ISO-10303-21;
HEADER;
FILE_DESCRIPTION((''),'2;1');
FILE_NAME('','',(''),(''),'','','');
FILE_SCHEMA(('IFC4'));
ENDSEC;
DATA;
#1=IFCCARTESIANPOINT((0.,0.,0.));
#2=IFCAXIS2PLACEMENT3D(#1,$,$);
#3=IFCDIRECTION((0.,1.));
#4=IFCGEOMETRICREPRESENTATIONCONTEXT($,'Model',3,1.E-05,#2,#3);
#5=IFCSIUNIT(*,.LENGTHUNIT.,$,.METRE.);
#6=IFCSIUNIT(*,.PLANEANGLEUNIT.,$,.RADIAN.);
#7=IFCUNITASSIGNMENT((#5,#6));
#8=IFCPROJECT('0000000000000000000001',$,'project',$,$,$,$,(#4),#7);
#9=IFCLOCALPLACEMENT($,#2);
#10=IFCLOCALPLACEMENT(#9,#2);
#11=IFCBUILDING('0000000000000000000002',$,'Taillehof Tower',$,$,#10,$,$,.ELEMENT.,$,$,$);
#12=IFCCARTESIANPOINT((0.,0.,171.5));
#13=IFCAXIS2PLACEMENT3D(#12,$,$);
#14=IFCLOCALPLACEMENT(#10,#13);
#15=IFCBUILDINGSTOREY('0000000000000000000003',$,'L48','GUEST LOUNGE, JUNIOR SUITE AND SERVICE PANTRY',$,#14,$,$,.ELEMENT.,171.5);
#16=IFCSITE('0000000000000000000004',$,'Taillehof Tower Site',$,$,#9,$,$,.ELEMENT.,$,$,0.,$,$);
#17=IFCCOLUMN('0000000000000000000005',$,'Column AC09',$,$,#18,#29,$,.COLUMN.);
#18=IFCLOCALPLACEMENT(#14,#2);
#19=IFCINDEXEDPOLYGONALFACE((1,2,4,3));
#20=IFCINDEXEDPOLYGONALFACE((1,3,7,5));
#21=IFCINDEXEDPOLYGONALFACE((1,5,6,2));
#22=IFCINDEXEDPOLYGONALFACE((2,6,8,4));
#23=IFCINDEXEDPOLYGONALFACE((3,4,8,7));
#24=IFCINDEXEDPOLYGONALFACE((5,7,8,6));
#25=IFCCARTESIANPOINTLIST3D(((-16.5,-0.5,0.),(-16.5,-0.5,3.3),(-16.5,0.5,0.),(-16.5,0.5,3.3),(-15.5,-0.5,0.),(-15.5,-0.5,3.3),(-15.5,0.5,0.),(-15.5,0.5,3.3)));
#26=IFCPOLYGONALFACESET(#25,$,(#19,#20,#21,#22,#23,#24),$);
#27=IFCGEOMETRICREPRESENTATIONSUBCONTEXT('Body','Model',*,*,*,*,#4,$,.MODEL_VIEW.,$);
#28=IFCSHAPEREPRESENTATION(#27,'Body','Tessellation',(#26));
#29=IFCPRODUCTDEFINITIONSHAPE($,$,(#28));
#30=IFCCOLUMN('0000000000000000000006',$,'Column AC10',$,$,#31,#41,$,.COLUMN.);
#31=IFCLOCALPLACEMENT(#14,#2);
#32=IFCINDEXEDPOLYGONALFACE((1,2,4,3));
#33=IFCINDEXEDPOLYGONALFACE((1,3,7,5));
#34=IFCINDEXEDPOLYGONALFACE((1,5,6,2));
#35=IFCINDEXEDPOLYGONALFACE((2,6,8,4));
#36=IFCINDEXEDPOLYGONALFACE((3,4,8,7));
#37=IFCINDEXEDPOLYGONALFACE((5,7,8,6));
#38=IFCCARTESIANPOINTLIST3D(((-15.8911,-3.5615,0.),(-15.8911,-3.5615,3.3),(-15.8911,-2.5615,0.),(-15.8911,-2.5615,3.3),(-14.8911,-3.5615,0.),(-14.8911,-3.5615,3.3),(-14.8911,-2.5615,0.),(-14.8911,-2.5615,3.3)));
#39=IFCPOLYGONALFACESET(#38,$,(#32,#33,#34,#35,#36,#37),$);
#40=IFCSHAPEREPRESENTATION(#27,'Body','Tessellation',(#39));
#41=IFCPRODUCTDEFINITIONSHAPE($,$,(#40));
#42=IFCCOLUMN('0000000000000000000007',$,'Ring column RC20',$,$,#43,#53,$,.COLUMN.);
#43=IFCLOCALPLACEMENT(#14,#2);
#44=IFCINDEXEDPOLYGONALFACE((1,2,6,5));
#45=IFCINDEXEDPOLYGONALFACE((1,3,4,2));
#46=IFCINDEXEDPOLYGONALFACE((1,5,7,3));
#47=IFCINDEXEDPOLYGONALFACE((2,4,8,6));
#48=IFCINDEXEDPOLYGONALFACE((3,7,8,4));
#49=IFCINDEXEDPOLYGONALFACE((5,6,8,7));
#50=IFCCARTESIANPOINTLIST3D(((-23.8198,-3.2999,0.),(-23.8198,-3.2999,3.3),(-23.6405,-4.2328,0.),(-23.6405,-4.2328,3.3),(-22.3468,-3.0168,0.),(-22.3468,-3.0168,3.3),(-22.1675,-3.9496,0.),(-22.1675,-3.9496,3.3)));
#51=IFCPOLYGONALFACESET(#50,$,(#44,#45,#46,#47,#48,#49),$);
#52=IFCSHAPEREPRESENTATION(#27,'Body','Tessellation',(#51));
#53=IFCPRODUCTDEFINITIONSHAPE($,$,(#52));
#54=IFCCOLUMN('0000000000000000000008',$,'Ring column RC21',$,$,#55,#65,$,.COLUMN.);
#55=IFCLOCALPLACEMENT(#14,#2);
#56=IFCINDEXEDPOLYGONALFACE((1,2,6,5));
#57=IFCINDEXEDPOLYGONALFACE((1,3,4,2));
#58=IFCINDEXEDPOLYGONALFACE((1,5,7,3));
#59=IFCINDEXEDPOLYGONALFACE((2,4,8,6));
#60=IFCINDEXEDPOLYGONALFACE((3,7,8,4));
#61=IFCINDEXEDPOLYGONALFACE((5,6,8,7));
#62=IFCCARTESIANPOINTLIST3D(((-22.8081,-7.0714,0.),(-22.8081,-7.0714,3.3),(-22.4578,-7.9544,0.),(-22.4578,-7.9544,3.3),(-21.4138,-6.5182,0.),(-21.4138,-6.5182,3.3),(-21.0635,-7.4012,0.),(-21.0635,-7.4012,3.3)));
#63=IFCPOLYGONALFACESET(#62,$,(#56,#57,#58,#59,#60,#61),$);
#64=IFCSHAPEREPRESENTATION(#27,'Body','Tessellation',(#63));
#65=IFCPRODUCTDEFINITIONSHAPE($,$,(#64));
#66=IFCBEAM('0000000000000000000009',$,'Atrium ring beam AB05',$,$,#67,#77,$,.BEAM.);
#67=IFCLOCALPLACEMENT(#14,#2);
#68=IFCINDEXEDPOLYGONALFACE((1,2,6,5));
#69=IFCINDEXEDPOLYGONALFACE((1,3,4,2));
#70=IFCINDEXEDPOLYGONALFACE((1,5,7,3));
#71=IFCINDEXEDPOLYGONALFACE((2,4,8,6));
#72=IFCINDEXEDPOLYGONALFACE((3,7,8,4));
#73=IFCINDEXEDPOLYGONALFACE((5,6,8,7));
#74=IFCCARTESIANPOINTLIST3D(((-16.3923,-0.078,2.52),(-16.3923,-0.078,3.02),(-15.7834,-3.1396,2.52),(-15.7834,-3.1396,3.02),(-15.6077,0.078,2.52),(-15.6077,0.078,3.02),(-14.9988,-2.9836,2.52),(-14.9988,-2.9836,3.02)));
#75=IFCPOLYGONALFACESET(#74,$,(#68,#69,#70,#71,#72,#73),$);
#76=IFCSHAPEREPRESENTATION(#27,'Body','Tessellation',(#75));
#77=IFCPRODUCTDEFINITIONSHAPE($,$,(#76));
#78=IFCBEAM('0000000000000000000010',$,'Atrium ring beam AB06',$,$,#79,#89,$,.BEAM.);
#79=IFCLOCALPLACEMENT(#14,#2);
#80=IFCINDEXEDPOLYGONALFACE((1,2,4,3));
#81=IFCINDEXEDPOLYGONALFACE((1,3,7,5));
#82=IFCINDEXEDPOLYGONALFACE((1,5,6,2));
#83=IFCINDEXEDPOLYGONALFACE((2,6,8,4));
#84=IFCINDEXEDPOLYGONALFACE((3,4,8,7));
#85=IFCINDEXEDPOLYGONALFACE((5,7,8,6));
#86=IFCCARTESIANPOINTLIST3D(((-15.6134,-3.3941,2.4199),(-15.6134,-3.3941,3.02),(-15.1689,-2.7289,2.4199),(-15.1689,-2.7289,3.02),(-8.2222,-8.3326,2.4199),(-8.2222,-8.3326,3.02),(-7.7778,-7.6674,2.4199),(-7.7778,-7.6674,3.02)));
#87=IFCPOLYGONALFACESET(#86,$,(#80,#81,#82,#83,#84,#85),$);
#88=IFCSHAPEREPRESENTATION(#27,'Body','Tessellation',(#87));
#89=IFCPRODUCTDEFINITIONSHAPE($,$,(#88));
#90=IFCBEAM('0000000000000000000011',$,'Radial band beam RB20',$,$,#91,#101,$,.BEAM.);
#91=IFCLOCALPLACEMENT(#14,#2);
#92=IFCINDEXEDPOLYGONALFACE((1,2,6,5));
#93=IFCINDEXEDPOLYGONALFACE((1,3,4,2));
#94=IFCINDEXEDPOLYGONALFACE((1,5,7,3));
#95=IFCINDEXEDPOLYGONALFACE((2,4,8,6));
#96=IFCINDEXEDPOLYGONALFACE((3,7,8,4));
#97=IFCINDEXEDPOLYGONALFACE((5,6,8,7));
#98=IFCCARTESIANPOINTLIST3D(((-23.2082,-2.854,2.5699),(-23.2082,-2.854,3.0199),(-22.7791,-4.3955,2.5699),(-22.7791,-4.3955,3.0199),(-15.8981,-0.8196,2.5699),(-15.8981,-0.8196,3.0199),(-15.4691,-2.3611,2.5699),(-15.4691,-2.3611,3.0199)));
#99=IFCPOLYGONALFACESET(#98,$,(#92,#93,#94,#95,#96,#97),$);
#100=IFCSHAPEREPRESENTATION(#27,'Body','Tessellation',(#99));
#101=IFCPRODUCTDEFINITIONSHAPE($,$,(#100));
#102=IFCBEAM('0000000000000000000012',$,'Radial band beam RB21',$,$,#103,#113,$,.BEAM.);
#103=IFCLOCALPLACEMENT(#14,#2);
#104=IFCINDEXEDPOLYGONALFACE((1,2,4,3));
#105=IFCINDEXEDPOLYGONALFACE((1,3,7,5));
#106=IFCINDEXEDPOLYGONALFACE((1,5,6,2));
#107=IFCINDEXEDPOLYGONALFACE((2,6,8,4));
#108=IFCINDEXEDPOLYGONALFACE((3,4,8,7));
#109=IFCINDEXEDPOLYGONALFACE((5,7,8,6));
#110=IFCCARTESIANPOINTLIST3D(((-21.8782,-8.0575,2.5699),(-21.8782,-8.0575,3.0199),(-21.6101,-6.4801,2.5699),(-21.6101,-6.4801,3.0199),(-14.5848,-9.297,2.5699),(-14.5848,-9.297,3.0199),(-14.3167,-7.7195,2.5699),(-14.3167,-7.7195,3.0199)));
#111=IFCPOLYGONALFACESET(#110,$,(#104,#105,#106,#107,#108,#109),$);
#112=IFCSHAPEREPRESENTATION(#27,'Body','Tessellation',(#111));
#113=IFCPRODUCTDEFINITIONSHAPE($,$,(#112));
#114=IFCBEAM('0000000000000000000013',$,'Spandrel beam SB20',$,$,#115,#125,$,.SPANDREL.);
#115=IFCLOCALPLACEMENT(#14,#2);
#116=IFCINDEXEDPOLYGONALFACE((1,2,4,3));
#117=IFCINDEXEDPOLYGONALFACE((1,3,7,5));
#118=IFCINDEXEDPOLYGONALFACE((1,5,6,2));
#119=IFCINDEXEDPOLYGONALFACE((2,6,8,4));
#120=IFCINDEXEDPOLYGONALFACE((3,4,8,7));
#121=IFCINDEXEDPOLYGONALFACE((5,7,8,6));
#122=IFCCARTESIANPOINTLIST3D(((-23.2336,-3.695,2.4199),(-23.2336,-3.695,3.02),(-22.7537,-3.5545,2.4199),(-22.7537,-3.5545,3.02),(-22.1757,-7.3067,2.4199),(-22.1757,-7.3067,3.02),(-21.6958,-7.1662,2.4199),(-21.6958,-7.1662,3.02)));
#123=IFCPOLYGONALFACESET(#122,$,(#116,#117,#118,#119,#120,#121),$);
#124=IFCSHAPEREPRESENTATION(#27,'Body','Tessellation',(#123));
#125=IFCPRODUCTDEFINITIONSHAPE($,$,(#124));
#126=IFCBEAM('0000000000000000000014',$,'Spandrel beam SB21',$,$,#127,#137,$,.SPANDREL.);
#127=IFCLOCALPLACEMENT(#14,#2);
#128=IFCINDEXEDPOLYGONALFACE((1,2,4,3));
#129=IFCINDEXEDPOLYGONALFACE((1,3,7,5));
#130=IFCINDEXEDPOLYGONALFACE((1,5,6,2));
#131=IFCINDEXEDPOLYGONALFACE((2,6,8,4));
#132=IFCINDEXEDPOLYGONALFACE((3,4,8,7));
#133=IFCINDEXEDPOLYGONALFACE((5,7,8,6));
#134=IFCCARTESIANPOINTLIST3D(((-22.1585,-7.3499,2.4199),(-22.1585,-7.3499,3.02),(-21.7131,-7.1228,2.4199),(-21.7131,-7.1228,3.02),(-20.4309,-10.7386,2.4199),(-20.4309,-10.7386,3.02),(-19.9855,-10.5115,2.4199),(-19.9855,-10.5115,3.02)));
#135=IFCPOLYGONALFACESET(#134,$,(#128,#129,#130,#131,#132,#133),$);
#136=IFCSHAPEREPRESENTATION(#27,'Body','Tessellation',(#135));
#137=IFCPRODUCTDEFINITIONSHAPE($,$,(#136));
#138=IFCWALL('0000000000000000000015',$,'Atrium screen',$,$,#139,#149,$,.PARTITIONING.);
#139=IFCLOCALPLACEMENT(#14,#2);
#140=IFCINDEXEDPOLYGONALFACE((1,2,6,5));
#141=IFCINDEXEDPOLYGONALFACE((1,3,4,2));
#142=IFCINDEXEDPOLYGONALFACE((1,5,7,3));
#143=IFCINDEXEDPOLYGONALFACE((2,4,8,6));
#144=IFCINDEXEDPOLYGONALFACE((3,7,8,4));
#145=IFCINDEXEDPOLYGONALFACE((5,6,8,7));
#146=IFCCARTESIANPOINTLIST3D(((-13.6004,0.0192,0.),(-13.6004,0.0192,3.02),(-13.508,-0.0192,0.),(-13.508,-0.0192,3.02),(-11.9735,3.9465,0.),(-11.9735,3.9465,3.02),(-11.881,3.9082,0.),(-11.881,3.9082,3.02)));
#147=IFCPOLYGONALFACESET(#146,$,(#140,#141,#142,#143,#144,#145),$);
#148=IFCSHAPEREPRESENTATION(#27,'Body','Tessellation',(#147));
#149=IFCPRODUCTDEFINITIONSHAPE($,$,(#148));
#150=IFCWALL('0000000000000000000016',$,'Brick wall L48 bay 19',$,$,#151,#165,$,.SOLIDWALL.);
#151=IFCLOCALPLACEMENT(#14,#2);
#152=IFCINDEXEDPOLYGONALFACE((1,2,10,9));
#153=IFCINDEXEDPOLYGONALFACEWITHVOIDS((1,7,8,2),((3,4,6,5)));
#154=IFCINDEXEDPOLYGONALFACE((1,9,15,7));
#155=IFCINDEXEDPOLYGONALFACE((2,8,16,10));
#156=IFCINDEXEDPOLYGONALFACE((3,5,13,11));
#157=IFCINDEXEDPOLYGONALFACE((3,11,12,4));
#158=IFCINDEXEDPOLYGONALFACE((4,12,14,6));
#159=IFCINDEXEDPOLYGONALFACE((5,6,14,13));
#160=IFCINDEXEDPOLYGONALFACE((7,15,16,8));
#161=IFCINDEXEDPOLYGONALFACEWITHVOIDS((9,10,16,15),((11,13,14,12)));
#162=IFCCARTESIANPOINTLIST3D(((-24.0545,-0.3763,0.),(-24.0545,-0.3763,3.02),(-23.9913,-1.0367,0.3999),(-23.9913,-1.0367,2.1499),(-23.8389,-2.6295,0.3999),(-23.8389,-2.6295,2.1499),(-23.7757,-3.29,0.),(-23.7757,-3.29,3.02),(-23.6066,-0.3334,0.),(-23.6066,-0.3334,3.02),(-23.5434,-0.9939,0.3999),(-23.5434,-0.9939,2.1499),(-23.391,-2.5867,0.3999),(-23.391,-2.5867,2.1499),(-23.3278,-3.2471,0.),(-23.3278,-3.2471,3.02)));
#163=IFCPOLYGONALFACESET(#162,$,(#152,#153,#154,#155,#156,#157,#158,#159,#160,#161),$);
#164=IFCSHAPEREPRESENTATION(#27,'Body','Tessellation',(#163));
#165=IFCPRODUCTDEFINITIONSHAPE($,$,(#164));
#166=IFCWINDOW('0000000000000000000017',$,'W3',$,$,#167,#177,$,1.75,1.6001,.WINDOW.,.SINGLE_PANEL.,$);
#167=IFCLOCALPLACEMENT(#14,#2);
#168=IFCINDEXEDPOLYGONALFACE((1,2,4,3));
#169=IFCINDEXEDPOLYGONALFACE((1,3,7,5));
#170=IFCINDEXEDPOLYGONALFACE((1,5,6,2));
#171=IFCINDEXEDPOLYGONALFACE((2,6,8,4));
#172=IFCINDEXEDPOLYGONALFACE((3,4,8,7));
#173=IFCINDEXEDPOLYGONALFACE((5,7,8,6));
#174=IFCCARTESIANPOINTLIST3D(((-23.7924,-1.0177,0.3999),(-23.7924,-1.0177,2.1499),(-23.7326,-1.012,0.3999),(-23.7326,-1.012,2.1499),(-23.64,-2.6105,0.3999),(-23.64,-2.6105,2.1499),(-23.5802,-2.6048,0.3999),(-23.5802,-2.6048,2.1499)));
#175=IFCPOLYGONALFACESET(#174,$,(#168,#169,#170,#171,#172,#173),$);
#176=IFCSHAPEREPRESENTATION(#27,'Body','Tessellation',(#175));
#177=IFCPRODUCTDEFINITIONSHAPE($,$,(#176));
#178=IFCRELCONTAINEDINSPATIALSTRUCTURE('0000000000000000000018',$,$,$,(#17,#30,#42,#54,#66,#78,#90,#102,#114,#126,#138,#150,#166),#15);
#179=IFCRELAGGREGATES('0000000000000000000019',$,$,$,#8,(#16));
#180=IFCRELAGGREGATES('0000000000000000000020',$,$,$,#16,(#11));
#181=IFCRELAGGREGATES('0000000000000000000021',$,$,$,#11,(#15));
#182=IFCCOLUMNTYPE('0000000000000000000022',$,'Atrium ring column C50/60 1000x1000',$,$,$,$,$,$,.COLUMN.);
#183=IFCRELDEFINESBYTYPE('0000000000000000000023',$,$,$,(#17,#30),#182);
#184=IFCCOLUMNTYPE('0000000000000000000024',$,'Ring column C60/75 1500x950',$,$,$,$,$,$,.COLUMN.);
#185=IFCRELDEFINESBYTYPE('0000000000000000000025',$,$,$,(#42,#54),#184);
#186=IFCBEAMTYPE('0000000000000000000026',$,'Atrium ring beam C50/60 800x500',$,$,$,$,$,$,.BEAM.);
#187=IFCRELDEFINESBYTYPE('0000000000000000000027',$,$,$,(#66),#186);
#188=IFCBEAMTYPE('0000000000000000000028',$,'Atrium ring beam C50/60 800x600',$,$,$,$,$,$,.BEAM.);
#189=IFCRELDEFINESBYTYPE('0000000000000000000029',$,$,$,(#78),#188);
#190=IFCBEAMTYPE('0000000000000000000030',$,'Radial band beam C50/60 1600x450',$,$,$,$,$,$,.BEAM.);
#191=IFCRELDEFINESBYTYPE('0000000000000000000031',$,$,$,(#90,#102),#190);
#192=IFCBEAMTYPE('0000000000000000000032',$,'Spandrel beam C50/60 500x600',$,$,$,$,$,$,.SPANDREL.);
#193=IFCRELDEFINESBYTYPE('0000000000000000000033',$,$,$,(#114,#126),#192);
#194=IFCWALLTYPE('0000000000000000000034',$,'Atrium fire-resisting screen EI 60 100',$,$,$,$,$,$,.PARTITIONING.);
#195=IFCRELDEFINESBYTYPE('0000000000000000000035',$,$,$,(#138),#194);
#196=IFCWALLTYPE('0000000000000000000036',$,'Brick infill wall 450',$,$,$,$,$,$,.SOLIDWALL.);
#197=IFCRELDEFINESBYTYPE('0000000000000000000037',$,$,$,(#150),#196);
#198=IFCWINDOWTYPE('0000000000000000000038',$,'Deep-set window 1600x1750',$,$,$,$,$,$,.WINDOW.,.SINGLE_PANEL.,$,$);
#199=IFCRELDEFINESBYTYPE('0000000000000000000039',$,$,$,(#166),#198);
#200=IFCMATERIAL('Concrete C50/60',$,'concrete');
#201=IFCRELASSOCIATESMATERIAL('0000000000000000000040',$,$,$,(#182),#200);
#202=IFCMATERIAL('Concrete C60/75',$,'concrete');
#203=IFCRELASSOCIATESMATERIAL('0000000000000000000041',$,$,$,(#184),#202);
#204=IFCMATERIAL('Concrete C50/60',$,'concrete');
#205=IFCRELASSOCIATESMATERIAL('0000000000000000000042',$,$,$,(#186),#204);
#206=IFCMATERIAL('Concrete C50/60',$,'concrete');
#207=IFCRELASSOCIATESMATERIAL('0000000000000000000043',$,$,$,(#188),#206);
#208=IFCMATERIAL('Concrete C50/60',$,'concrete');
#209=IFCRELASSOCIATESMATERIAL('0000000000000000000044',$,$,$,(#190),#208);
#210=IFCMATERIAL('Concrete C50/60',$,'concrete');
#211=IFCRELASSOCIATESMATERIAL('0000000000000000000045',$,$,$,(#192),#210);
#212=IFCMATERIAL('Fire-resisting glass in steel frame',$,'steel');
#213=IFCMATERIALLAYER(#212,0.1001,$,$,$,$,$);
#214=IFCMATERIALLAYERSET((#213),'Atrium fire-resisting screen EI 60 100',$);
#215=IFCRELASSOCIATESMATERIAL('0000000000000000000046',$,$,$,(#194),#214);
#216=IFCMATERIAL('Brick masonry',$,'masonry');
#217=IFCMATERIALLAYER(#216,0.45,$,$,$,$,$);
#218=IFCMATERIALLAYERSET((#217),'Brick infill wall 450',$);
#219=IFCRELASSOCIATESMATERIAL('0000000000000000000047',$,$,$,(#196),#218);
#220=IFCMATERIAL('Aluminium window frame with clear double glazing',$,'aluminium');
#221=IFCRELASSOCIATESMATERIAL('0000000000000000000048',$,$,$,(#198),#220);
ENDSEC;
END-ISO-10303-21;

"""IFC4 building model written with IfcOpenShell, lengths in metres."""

from ifc_helpers import new_model, si_unit, direction, frame, frame_2d, origin, origin_2d, place, context, subcontext, project, spatial, rectangle, extrude, material, layer, layer_set, material_profile, profile_set, type_object, element, fill, save


model = new_model("IFC4")

# Units and contexts
model_context = context("Model", 3, precision=1e-05, world=origin(), true_north=direction((0.0, 1.0)))
body_context = subcontext(model_context, "Body", "Model", "MODEL_VIEW")
ifc_project = project(units=[si_unit("LENGTHUNIT", "METRE"), si_unit("PLANEANGLEUNIT", "RADIAN")], contexts=[model_context])

# Site, building, storey
site_placement = place(None, origin())
site = spatial("IfcSite", under=ifc_project, at=site_placement, Name="Taillehof Tower Site", CompositionType="ELEMENT", RefElevation=0.0)
building_placement = place(site_placement, origin())
building = spatial("IfcBuilding", under=site, at=building_placement, Name="Taillehof Tower", CompositionType="ELEMENT")
storey_placement = place(building_placement, frame((0.0, 0.0, 171.5)))
storey = spatial("IfcBuildingStorey", under=building, at=storey_placement, Name="L48", Description="GUEST LOUNGE, JUNIOR SUITE AND SERVICE PANTRY", CompositionType="ELEMENT", Elevation=171.5)

# Columns
ifc_material_1 = material(Name="Concrete C50/60", Category="concrete")
ifc_material_profile_1 = material_profile(ifc_material_1, rectangle(XDim=1.0, YDim=1.0, at=origin_2d()), Name="RC 1000x1000")
ifc_profile_set_1 = profile_set([ifc_material_profile_1], Name="Concrete C50/60")
column_type_1 = type_object("IfcColumnType", Name="Atrium ring column C50/60 1000x1000", PredefinedType="COLUMN", material=ifc_profile_set_1)
for number, where, z_axis, x_axis, name in (
    (1, (-16.0, 0.0, 0.0), (0.0, 0.0, 1.0), (1.0, 0.0, 0.0), "Column AC09"),
    (2, (-15.3911, -3.0615, 0.0), (0.0, 0.0, 1.0), (1.0, 0.0, 0.0), "Column AC10"),
):
    element("IfcColumn", number, at=place(storey_placement, frame(where, z_axis=z_axis, x_axis=x_axis)), inside=storey, type_object=column_type_1, Name=name, PredefinedType="COLUMN", context=body_context, shape_type="SweptSolid", body=[
        extrude(rectangle(XDim=1.0, YDim=1.0, at=origin_2d()), origin(), (0.0, 0.0, 1.0), 3.3),
    ])
ifc_material_2 = material(Name="Concrete C60/75", Category="concrete")
ifc_material_profile_2 = material_profile(ifc_material_2, rectangle(XDim=1.5, YDim=0.95, at=origin_2d()), Name="RC 1500x950")
ifc_profile_set_2 = profile_set([ifc_material_profile_2], Name="Concrete C60/75")
column_type_2 = type_object("IfcColumnType", Name="Ring column C60/75 1500x950", PredefinedType="COLUMN", material=ifc_profile_set_2)
for number, where, z_axis, x_axis, name in (
    (3, (-22.9937, -3.6248, 0.0), (0.0, 0.0, 1.0), (-0.982024, -0.188757, 0.0), "Ring column RC20"),
    (4, (-21.9358, -7.2363, 0.0), (0.0, 0.0, 1.0), (-0.929511, -0.368793, 0.0), "Ring column RC21"),
):
    element("IfcColumn", number, at=place(storey_placement, frame(where, z_axis=z_axis, x_axis=x_axis)), inside=storey, type_object=column_type_2, Name=name, PredefinedType="COLUMN", context=body_context, shape_type="SweptSolid", body=[
        extrude(rectangle(XDim=1.5, YDim=0.95, at=origin_2d()), origin(), (0.0, 0.0, 1.0), 3.3),
    ])

# Beams
ifc_material_3 = material(Name="Concrete C50/60", Category="concrete")
ifc_material_profile_3 = material_profile(ifc_material_3, rectangle(XDim=0.8, YDim=0.5, at=origin_2d()), Name="RC 800x500")
ifc_profile_set_3 = profile_set([ifc_material_profile_3], Name="Concrete C50/60")
beam_type_1 = type_object("IfcBeamType", Name="Atrium ring beam C50/60 800x500", PredefinedType="BEAM", material=ifc_profile_set_3)
beam_1_placement = place(storey_placement, frame((-16.0, 0.0, 2.77), z_axis=(0.195063, -0.980791, 0.0), x_axis=(0.980791, 0.195063, 0.0)))
element("IfcBeam", 5, at=beam_1_placement, inside=storey, type_object=beam_type_1, Name="Atrium ring beam AB05", PredefinedType="BEAM", context=body_context, shape_type="SweptSolid", body=[
    extrude(rectangle(XDim=0.8, YDim=0.5, at=origin_2d()), origin(), (0.0, 0.0, 1.0), 3.1216),
])
ifc_material_4 = material(Name="Concrete C50/60", Category="concrete")
ifc_material_profile_4 = material_profile(ifc_material_4, rectangle(XDim=0.8, YDim=0.6001, at=origin_2d()), Name="RC 800x600")
ifc_profile_set_4 = profile_set([ifc_material_profile_4], Name="Concrete C50/60")
beam_type_2 = type_object("IfcBeamType", Name="Atrium ring beam C50/60 800x600", PredefinedType="BEAM", material=ifc_profile_set_4)
beam_2_placement = place(storey_placement, frame((-15.3911, -3.0615, 2.72), z_axis=(0.831475, -0.555562, 0.0), x_axis=(0.555562, 0.831475, 0.0)))
element("IfcBeam", 6, at=beam_2_placement, inside=storey, type_object=beam_type_2, Name="Atrium ring beam AB06", PredefinedType="BEAM", context=body_context, shape_type="SweptSolid", body=[
    extrude(rectangle(XDim=0.8, YDim=0.6001, at=origin_2d()), origin(), (0.0, 0.0, 1.0), 8.8892),
])
ifc_material_5 = material(Name="Concrete C50/60", Category="concrete")
ifc_material_profile_5 = material_profile(ifc_material_5, rectangle(XDim=1.6001, YDim=0.45, at=origin_2d()), Name="RC 1600x450")
ifc_profile_set_5 = profile_set([ifc_material_profile_5], Name="Concrete C50/60")
beam_type_3 = type_object("IfcBeamType", Name="Radial band beam C50/60 1600x450", PredefinedType="BEAM", material=ifc_profile_set_5)
beam_3_placement = place(storey_placement, frame((-22.9937, -3.6248, 2.7949), z_axis=(0.963387, 0.268115, 0.0), x_axis=(-0.268115, 0.963387, 0.0)))
element("IfcBeam", 7, at=beam_3_placement, inside=storey, type_object=beam_type_3, Name="Radial band beam RB20", PredefinedType="BEAM", context=body_context, shape_type="SweptSolid", body=[
    extrude(rectangle(XDim=1.6001, YDim=0.45, at=origin_2d()), origin(), (0.0, 0.0, 1.0), 7.5879),
])
beam_4_placement = place(storey_placement, frame((-21.7441, -7.2688, 2.7949), z_axis=(0.985864, -0.167545, 0.0), x_axis=(0.167545, 0.985864, 0.0)))
element("IfcBeam", 8, at=beam_4_placement, inside=storey, type_object=beam_type_3, Name="Radial band beam RB21", PredefinedType="BEAM", context=body_context, shape_type="SweptSolid", body=[
    extrude(rectangle(XDim=1.6001, YDim=0.45, at=origin_2d()), origin(), (0.0, 0.0, 1.0), 7.3979),
])
ifc_material_6 = material(Name="Concrete C50/60", Category="concrete")
ifc_material_profile_6 = material_profile(ifc_material_6, rectangle(XDim=0.5, YDim=0.6001, at=origin_2d()), Name="RC 500x600")
ifc_profile_set_6 = profile_set([ifc_material_profile_6], Name="Concrete C50/60")
beam_type_4 = type_object("IfcBeamType", Name="Spandrel beam C50/60 500x600", PredefinedType="SPANDREL", material=ifc_profile_set_6)
beam_5_placement = place(storey_placement, frame((-22.9937, -3.6248, 2.72), z_axis=(0.281098, -0.959679, 0.0), x_axis=(0.959679, 0.281098, 0.0)))
element("IfcBeam", 9, at=beam_5_placement, inside=storey, type_object=beam_type_4, Name="Spandrel beam SB20", PredefinedType="SPANDREL", context=body_context, shape_type="SweptSolid", body=[
    extrude(rectangle(XDim=0.5, YDim=0.6001, at=origin_2d()), origin(), (0.0, 0.0, 1.0), 3.7634),
])
beam_6_placement = place(storey_placement, frame((-21.9358, -7.2363, 2.72), z_axis=(0.454183, -0.890908, 0.0), x_axis=(0.890908, 0.454183, 0.0)))
element("IfcBeam", 10, at=beam_6_placement, inside=storey, type_object=beam_type_4, Name="Spandrel beam SB21", PredefinedType="SPANDREL", context=body_context, shape_type="SweptSolid", body=[
    extrude(rectangle(XDim=0.5, YDim=0.6001, at=origin_2d()), origin(), (0.0, 0.0, 1.0), 3.8037),
])

# Wall
ifc_material_7 = material(Name="Fire-resisting glass in steel frame", Category="steel")
ifc_layer_1 = layer(ifc_material_7, 0.1001)
ifc_layer_set_1 = layer_set([ifc_layer_1], Name="Atrium fire-resisting screen EI 60 100")
wall_type_1 = type_object("IfcWallType", Name="Atrium fire-resisting screen EI 60 100", PredefinedType="PARTITIONING", material=ifc_layer_set_1)
wall_1_placement = place(storey_placement, frame((-13.5542, 0.0, 0.0), z_axis=(0.0, 0.0, 1.0), x_axis=(0.382731, 0.92386, 0.0)))
element("IfcWall", 11, at=wall_1_placement, inside=storey, type_object=wall_type_1, Name="Atrium screen", PredefinedType="PARTITIONING", context=body_context, shape_type="SweptSolid", body=[
    extrude(rectangle(XDim=4.251, YDim=0.1001, at=frame_2d((2.1255, 0.0))), origin(), (0.0, 0.0, 1.0), 3.02),
])

# Wall, opening, window
ifc_material_8 = material(Name="Brick masonry", Category="masonry")
ifc_layer_2 = layer(ifc_material_8, 0.45)
ifc_layer_set_2 = layer_set([ifc_layer_2], Name="Brick infill wall 450")
wall_type_2 = type_object("IfcWallType", Name="Brick infill wall 450", PredefinedType="SOLIDWALL", material=ifc_layer_set_2)
wall_2_placement = place(storey_placement, frame((-23.8306, -0.355, 0.0), z_axis=(0.0, 0.0, 1.0), x_axis=(0.095258, -0.995453, 0.0)))
wall_2 = element("IfcWall", 12, at=wall_2_placement, inside=storey, type_object=wall_type_2, Name="Brick wall L48 bay 19", PredefinedType="SOLIDWALL", context=body_context, shape_type="SweptSolid", body=[
    extrude(rectangle(XDim=2.927, YDim=0.45, at=frame_2d((1.4634, 0.0))), origin(), (0.0, 0.0, 1.0), 3.02),
])
opening_1_placement = place(wall_2_placement, frame((0.6633, 0.0, 0.3999)))
opening_1 = element("IfcOpeningElement", 13, at=opening_1_placement, cuts=wall_2, PredefinedType="OPENING", context=body_context, shape_type="SweptSolid", body=[
    extrude(rectangle(XDim=1.6001, YDim=1.75, at=frame_2d((0.8, 0.875))), frame((0.0, 0.2349, 0.0), z_axis=(0.0, -1.0, 0.0), x_axis=(1.0, 0.0, 0.0)), (0.0, 0.0, 1.0), 0.47),
])
ifc_material_9 = material(Name="Aluminium window frame with clear double glazing", Category="aluminium")
window_type = type_object("IfcWindowType", Name="Deep-set window 1600x1750", PartitioningType="SINGLE_PANEL", PredefinedType="WINDOW", material=ifc_material_9)
window_1_placement = place(opening_1_placement, origin())
window_1 = element("IfcWindow", 14, at=window_1_placement, inside=storey, type_object=window_type, Name="W3", OverallHeight=1.75, OverallWidth=1.6001, PartitioningType="SINGLE_PANEL", PredefinedType="WINDOW", context=body_context, shape_type="SweptSolid", body=[
    extrude(rectangle(XDim=1.6001, YDim=1.75, at=frame_2d((0.8, 0.875))), frame((0.0, 0.0349, 0.0), z_axis=(0.0, -1.0, 0.0), x_axis=(1.0, 0.0, 0.0)), (0.0, 0.0, 1.0), 0.0601),
])
fill(opening_1, window_1)

save(model, "model.ifc")
